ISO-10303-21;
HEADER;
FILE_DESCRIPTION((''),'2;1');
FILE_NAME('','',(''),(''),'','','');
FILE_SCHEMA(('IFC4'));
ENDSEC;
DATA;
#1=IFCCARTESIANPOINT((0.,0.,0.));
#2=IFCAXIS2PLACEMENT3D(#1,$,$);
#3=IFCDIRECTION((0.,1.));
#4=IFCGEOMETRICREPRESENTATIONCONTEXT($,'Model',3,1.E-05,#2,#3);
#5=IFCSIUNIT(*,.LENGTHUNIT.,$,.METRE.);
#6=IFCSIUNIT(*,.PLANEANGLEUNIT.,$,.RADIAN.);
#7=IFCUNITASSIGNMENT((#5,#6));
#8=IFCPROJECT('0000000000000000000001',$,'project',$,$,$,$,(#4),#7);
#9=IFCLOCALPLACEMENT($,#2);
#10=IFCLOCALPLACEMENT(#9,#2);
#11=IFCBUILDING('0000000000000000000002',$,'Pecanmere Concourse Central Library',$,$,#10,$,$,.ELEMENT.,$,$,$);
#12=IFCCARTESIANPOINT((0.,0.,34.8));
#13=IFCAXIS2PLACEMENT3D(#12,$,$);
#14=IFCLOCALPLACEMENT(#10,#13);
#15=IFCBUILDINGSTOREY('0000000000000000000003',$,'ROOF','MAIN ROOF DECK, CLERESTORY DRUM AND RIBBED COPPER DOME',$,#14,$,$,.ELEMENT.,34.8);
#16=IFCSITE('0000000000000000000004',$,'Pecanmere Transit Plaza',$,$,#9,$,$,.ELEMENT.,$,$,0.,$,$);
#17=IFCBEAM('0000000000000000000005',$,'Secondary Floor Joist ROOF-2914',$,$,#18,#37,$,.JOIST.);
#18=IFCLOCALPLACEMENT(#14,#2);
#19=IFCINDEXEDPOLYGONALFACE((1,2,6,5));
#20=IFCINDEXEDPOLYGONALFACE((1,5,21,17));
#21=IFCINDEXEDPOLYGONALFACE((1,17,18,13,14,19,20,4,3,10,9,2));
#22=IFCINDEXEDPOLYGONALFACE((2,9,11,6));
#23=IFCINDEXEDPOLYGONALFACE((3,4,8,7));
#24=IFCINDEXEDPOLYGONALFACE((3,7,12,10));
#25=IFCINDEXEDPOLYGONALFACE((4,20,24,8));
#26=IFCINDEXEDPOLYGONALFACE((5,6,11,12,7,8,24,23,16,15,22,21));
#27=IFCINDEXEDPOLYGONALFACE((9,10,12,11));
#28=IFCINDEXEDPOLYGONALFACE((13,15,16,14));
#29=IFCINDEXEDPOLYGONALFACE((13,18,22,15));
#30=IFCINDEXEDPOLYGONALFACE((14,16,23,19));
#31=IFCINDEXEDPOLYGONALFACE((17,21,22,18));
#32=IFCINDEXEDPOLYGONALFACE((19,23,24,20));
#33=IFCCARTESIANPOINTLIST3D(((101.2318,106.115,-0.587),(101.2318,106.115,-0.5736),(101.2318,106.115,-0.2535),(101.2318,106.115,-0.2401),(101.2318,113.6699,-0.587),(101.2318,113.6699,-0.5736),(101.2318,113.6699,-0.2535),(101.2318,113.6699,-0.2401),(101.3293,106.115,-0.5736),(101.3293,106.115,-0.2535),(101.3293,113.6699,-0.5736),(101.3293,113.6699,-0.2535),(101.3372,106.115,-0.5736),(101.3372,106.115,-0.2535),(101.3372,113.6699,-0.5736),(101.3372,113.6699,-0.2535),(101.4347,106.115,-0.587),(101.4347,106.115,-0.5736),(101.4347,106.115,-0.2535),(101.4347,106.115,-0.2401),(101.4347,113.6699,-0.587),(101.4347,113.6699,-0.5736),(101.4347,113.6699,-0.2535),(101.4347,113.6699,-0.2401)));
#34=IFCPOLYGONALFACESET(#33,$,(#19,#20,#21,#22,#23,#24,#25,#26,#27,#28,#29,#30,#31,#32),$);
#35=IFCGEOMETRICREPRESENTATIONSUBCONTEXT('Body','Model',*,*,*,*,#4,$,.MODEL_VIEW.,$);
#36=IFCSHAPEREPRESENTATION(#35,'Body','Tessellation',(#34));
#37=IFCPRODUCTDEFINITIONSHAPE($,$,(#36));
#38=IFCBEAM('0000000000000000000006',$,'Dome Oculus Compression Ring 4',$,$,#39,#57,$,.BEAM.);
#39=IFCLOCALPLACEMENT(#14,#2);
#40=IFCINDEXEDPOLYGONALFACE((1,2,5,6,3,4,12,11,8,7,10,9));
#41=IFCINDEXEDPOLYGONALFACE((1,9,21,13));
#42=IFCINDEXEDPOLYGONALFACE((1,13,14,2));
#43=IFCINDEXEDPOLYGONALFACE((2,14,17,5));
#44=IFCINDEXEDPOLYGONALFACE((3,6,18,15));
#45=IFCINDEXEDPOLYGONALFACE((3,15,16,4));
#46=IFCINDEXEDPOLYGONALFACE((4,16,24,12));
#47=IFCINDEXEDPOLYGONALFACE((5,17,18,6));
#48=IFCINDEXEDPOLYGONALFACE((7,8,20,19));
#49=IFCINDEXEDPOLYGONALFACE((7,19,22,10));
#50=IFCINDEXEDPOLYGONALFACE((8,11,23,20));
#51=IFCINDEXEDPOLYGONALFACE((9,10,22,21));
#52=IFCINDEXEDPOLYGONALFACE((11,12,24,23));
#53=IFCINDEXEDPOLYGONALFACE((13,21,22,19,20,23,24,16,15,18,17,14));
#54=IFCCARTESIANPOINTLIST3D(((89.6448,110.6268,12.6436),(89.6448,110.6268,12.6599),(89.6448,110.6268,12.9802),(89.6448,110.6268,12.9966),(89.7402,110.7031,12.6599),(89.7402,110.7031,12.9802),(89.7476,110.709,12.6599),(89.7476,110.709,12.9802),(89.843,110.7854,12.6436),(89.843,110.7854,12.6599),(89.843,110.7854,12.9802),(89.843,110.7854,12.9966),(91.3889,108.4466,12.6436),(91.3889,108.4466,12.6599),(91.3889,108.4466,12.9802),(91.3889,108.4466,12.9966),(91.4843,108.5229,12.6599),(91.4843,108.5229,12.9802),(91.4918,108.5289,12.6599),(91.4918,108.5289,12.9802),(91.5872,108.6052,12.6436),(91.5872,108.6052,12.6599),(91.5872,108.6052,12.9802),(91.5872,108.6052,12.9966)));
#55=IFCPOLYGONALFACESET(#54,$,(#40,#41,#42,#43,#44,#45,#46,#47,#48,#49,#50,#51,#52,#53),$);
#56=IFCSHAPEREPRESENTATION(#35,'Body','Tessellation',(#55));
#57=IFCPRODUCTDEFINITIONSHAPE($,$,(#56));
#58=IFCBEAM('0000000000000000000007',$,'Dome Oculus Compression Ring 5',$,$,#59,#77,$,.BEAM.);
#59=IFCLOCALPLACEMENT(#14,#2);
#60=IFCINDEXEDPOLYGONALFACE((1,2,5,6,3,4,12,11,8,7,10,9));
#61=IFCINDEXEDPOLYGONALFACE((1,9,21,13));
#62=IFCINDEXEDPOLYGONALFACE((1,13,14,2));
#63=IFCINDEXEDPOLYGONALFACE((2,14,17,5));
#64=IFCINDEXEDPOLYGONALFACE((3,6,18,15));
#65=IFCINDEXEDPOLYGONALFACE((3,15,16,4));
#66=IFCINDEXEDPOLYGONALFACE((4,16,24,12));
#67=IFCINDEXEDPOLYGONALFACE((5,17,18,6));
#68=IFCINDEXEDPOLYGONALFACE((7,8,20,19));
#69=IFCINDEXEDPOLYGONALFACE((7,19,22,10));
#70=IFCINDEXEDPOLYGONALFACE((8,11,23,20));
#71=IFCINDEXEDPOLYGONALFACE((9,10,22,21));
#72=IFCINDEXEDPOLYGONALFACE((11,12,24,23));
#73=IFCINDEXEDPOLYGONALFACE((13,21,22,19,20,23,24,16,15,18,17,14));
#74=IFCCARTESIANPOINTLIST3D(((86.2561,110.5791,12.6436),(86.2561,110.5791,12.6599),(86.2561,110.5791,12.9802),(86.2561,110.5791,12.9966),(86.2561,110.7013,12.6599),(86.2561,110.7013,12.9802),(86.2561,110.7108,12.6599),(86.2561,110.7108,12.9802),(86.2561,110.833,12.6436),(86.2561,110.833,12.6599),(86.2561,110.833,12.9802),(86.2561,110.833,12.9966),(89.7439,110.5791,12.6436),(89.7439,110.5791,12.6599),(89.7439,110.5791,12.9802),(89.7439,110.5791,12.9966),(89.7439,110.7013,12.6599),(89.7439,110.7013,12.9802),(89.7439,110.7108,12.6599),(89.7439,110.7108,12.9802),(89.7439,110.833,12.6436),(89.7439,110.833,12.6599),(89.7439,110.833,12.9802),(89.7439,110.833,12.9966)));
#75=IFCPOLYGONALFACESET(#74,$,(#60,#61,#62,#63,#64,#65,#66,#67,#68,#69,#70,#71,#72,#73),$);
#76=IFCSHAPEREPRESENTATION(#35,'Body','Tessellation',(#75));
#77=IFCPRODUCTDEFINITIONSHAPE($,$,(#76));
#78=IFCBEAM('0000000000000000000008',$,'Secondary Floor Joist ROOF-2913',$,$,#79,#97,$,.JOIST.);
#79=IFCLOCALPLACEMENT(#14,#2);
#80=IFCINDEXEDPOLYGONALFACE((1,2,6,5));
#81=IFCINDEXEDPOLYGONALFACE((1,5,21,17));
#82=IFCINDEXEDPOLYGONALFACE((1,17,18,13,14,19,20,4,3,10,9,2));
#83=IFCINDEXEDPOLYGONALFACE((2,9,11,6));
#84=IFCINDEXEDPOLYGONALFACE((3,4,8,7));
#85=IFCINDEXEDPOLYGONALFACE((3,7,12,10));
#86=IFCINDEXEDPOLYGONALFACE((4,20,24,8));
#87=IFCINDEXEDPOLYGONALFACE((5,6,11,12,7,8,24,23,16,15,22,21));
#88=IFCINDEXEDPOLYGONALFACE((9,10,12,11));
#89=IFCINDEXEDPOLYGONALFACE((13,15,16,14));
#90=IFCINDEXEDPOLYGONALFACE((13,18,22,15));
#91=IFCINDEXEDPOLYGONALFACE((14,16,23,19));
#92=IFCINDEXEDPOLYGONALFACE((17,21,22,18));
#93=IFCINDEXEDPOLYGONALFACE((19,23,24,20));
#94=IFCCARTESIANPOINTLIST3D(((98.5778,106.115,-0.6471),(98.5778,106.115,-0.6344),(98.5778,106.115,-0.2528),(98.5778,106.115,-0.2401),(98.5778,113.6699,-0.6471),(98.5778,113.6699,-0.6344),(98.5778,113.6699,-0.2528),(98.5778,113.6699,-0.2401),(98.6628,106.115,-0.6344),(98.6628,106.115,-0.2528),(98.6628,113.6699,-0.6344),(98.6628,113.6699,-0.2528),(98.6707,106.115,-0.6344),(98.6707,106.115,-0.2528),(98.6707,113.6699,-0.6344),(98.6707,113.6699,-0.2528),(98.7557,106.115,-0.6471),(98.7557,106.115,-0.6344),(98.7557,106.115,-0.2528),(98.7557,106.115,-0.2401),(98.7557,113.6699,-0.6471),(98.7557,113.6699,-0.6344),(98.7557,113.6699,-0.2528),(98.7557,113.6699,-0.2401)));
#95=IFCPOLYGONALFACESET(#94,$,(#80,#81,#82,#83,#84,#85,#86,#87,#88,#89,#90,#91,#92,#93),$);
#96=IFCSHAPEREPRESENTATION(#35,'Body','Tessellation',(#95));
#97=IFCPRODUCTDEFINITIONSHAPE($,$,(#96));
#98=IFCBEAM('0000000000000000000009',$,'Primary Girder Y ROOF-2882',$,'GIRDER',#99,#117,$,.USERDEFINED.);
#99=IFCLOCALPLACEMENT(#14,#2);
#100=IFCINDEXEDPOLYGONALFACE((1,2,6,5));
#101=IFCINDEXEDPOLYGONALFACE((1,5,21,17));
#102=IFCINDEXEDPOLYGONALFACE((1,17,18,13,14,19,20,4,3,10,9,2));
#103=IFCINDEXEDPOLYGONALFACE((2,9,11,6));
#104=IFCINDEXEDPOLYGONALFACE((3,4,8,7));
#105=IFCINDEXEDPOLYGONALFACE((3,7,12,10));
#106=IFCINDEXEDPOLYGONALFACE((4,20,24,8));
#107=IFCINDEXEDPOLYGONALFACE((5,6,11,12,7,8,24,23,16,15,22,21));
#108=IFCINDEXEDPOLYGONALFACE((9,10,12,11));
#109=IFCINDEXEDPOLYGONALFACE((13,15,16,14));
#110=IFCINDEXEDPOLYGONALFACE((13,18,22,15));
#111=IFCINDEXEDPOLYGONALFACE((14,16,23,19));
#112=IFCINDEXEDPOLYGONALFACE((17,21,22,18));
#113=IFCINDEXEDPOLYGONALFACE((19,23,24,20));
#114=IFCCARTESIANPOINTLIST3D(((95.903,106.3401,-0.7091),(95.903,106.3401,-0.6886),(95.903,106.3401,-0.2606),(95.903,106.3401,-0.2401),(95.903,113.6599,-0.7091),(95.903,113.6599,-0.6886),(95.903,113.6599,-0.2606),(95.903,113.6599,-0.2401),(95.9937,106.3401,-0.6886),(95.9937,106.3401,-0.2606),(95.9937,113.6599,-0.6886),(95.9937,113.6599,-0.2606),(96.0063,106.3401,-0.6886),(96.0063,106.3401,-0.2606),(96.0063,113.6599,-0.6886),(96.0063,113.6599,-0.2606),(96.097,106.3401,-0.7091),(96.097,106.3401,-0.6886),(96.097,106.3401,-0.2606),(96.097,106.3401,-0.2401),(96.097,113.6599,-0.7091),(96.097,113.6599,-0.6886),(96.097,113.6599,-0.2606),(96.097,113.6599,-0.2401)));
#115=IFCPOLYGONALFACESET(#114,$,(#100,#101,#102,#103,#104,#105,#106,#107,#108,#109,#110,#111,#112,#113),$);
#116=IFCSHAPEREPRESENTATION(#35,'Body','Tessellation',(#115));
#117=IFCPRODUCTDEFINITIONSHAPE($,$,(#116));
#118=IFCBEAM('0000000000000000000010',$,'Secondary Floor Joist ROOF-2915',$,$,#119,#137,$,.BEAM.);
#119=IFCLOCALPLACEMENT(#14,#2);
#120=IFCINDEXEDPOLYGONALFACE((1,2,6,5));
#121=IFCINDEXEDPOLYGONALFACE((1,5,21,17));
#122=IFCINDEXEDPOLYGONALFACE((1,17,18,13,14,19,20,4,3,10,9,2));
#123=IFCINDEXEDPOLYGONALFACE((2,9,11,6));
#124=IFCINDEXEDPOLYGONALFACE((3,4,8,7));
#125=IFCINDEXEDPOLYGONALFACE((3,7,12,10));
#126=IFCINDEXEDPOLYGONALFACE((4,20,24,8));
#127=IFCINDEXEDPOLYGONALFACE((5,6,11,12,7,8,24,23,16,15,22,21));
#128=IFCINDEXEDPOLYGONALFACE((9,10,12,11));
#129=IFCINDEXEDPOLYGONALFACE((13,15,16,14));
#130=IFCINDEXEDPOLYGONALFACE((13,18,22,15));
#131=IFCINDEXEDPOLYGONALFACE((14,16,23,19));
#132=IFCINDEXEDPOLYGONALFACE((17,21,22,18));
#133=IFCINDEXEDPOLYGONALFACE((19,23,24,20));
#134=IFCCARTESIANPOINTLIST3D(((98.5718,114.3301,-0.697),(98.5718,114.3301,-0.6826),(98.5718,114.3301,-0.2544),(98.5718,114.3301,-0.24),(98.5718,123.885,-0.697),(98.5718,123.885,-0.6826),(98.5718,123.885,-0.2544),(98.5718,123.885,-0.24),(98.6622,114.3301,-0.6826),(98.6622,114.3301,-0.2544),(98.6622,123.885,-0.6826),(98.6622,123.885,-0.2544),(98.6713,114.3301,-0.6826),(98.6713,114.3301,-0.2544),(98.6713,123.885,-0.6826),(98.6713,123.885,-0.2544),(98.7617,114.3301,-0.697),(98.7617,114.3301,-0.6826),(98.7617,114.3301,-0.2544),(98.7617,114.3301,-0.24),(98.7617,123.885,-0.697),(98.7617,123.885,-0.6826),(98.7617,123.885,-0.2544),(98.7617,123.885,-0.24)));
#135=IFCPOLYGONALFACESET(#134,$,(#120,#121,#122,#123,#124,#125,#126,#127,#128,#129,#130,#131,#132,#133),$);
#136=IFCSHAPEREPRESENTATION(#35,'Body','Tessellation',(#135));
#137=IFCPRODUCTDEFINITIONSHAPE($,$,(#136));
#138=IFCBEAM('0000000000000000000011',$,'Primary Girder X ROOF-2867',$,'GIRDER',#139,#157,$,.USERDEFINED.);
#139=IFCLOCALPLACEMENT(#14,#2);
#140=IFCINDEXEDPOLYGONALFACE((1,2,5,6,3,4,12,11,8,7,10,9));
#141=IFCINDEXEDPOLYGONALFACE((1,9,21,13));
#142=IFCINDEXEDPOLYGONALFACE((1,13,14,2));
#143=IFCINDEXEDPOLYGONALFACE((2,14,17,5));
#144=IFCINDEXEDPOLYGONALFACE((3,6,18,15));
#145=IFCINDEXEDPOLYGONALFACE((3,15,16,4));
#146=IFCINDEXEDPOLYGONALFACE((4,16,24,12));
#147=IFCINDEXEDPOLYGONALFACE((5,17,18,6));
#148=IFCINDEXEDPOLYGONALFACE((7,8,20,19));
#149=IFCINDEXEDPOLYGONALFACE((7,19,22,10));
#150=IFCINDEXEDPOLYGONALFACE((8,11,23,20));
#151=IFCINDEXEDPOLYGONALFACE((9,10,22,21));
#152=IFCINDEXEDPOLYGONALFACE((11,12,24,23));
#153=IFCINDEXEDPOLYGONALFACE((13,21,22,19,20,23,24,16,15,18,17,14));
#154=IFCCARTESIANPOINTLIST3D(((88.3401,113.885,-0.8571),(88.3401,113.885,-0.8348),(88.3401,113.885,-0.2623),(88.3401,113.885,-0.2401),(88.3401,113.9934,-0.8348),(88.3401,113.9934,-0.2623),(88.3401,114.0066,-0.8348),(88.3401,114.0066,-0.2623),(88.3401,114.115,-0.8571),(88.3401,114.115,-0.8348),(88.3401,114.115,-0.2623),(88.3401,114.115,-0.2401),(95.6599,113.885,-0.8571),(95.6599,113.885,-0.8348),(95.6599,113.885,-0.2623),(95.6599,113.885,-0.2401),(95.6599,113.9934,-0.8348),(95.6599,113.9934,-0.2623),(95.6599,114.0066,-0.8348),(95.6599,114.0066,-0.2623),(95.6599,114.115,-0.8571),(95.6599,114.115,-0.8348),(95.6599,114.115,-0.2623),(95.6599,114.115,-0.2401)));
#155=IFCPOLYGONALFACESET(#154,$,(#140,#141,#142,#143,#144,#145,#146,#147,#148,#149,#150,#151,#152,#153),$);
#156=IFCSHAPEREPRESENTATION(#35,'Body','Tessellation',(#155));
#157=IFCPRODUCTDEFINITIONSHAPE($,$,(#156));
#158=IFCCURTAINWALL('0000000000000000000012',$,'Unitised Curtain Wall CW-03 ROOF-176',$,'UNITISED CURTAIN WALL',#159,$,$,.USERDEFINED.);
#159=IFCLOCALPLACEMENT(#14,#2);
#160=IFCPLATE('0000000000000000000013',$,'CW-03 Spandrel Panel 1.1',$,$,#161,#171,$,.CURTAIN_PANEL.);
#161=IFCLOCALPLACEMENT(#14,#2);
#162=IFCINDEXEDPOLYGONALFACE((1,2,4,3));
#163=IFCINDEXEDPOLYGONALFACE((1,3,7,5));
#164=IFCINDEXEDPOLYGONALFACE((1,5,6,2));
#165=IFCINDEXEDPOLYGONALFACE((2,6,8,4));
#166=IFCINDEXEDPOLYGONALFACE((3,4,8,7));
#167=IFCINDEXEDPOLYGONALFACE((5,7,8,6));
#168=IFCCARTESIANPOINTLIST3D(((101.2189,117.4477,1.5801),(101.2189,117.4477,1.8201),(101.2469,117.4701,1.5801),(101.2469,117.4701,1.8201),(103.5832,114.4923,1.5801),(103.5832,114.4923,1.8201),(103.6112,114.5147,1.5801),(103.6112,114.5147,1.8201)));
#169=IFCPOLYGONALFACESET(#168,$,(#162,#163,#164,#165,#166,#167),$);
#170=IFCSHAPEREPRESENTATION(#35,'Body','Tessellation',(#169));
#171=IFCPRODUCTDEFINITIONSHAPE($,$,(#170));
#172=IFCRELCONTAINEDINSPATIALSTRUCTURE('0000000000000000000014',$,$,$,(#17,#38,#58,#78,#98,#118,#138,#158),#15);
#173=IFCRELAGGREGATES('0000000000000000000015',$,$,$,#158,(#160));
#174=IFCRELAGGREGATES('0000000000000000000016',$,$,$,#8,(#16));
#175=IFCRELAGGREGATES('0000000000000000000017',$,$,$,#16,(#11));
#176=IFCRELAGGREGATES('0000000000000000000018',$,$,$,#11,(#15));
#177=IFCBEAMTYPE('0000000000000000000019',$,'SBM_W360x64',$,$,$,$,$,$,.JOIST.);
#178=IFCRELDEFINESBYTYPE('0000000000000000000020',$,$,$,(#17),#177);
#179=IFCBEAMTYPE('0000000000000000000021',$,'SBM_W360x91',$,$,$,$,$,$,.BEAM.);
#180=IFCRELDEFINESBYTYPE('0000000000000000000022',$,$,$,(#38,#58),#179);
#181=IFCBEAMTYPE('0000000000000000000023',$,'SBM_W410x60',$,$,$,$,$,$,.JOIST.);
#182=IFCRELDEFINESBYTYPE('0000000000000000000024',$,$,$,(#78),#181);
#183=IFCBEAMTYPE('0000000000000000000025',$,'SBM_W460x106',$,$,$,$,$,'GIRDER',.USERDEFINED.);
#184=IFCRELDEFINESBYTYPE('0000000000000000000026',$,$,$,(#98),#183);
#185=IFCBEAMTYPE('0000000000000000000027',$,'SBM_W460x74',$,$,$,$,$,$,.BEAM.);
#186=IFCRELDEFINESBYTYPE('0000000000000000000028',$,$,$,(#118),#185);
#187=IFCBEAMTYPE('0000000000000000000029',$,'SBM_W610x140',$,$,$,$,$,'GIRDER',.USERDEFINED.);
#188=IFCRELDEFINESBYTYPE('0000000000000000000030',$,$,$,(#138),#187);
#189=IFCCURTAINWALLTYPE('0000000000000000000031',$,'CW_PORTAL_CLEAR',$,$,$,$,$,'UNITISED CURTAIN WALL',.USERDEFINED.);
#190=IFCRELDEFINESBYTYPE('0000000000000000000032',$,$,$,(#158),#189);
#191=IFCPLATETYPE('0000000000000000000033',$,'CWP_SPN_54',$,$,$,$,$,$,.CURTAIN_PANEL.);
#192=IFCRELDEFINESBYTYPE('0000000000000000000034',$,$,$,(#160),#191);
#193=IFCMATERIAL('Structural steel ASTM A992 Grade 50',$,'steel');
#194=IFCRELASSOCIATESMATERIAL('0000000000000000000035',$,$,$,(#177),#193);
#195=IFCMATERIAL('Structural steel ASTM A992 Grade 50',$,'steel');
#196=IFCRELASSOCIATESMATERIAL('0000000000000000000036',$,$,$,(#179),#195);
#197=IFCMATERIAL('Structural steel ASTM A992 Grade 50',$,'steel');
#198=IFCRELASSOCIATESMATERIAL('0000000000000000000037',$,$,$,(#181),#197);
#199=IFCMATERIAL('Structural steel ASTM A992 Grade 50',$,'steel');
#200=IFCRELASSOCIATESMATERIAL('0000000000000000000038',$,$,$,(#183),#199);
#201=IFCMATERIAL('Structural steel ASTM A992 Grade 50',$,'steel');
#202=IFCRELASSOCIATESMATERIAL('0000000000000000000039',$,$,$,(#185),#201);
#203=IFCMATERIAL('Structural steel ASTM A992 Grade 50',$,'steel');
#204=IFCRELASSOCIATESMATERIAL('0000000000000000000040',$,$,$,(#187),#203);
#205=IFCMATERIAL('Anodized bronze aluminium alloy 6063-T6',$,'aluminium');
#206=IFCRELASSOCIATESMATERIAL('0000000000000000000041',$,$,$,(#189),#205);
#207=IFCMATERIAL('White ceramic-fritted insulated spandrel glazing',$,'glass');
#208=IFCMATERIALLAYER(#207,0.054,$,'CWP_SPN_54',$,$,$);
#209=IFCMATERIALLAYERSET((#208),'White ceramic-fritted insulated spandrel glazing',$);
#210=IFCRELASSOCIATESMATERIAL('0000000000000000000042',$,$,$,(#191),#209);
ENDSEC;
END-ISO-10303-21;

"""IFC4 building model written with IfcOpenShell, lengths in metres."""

from ifc_helpers import new_model, si_unit, direction, frame, origin, origin_2d, place, context, subcontext, project, spatial, rectangle, i_section, extrude, material, layer, layer_set, material_profile, profile_set, type_object, element, aggregate, save


model = new_model("IFC4")

# Units and contexts
model_context = context("Model", 3, precision=1e-05, world=origin(), true_north=direction((0.0, 1.0)))
body_context = subcontext(model_context, "Body", "Model", "MODEL_VIEW")
ifc_project = project(units=[si_unit("LENGTHUNIT", "METRE"), si_unit("PLANEANGLEUNIT", "RADIAN")], contexts=[model_context])

# Site, building, storey
site_placement = place(None, origin())
site = spatial("IfcSite", under=ifc_project, at=site_placement, Name="Pecanmere Transit Plaza", CompositionType="ELEMENT", RefElevation=0.0)
building_placement = place(site_placement, origin())
building = spatial("IfcBuilding", under=site, at=building_placement, Name="Pecanmere Concourse Central Library", CompositionType="ELEMENT")
storey_placement = place(building_placement, frame((0.0, 0.0, 34.8)))
storey = spatial("IfcBuildingStorey", under=building, at=storey_placement, Name="ROOF", Description="MAIN ROOF DECK, CLERESTORY DRUM AND RIBBED COPPER DOME", CompositionType="ELEMENT", Elevation=34.8)

# Beams
ifc_material_1 = material(Name="Structural steel ASTM A992 Grade 50", Category="steel")
ifc_material_profile_1 = material_profile(ifc_material_1, i_section(OverallWidth=0.2029, OverallDepth=0.3469, WebThickness=0.0078, FlangeThickness=0.0134, at=origin_2d()), Name="W360x64")
ifc_profile_set_1 = profile_set([ifc_material_profile_1], Name="Structural steel ASTM A992 Grade 50")
beam_type_1 = type_object("IfcBeamType", Name="SBM_W360x64", PredefinedType="JOIST", material=ifc_profile_set_1)
beam_1_placement = place(storey_placement, frame((101.3333, 106.115, -0.4136), z_axis=(0.0, 1.0, 0.0), x_axis=(-1.0, 0.0, 0.0)))
element("IfcBeam", 1, at=beam_1_placement, inside=storey, type_object=beam_type_1, Name="Secondary Floor Joist ROOF-2914", PredefinedType="JOIST", context=body_context, shape_type="SweptSolid", body=[
    extrude(i_section(OverallWidth=0.2029, OverallDepth=0.3469, WebThickness=0.0078, FlangeThickness=0.0134, at=origin_2d()), origin(), (0.0, 0.0, 1.0), 7.5549),
])
ifc_material_2 = material(Name="Structural steel ASTM A992 Grade 50", Category="steel")
ifc_material_profile_2 = material_profile(ifc_material_2, i_section(OverallWidth=0.2539, OverallDepth=0.353, WebThickness=0.0095, FlangeThickness=0.0164, at=origin_2d()), Name="W360x91")
ifc_profile_set_2 = profile_set([ifc_material_profile_2], Name="Structural steel ASTM A992 Grade 50")
beam_type_2 = type_object("IfcBeamType", Name="SBM_W360x91", PredefinedType="BEAM", material=ifc_profile_set_2)
beam_2_placement = place(storey_placement, frame((91.488, 108.5259, 12.8201), z_axis=(-0.624695, 0.780869, 0.0), x_axis=(-0.780869, -0.624695, 0.0)))
element("IfcBeam", 2, at=beam_2_placement, inside=storey, type_object=beam_type_2, Name="Dome Oculus Compression Ring 4", PredefinedType="BEAM", context=body_context, shape_type="SweptSolid", body=[
    extrude(i_section(OverallWidth=0.2539, OverallDepth=0.353, WebThickness=0.0095, FlangeThickness=0.0164, at=origin_2d()), origin(), (0.0, 0.0, 1.0), 2.792),
])
beam_3_placement = place(storey_placement, frame((89.7439, 110.7061, 12.8201), z_axis=(-1.0, 0.0, 0.0), x_axis=(0.0, -1.0, 0.0)))
element("IfcBeam", 3, at=beam_3_placement, inside=storey, type_object=beam_type_2, Name="Dome Oculus Compression Ring 5", PredefinedType="BEAM", context=body_context, shape_type="SweptSolid", body=[
    extrude(i_section(OverallWidth=0.2539, OverallDepth=0.353, WebThickness=0.0095, FlangeThickness=0.0164, at=origin_2d()), origin(), (0.0, 0.0, 1.0), 3.4878),
])
ifc_material_3 = material(Name="Structural steel ASTM A992 Grade 50", Category="steel")
ifc_material_profile_3 = material_profile(ifc_material_3, i_section(OverallWidth=0.178, OverallDepth=0.407, WebThickness=0.0078, FlangeThickness=0.0127, at=origin_2d()), Name="W410x60")
ifc_profile_set_3 = profile_set([ifc_material_profile_3], Name="Structural steel ASTM A992 Grade 50")
beam_type_3 = type_object("IfcBeamType", Name="SBM_W410x60", PredefinedType="JOIST", material=ifc_profile_set_3)
beam_4_placement = place(storey_placement, frame((98.6667, 106.115, -0.4436), z_axis=(0.0, 1.0, 0.0), x_axis=(-1.0, 0.0, 0.0)))
element("IfcBeam", 4, at=beam_4_placement, inside=storey, type_object=beam_type_3, Name="Secondary Floor Joist ROOF-2913", PredefinedType="JOIST", context=body_context, shape_type="SweptSolid", body=[
    extrude(i_section(OverallWidth=0.178, OverallDepth=0.407, WebThickness=0.0078, FlangeThickness=0.0127, at=origin_2d()), origin(), (0.0, 0.0, 1.0), 7.5549),
])
ifc_material_4 = material(Name="Structural steel ASTM A992 Grade 50", Category="steel")
ifc_material_profile_4 = material_profile(ifc_material_4, i_section(OverallWidth=0.1941, OverallDepth=0.469, WebThickness=0.0127, FlangeThickness=0.0205, at=origin_2d()), Name="W460x106")
ifc_profile_set_4 = profile_set([ifc_material_profile_4], Name="Structural steel ASTM A992 Grade 50")
beam_type_4 = type_object("IfcBeamType", Name="SBM_W460x106", ElementType="GIRDER", PredefinedType="USERDEFINED", material=ifc_profile_set_4)
beam_5_placement = place(storey_placement, frame((96.0, 106.3401, -0.4746), z_axis=(0.0, 1.0, 0.0), x_axis=(-1.0, 0.0, 0.0)))
element("IfcBeam", 5, at=beam_5_placement, inside=storey, type_object=beam_type_4, Name="Primary Girder Y ROOF-2882", ObjectType="GIRDER", PredefinedType="USERDEFINED", context=body_context, shape_type="SweptSolid", body=[
    extrude(i_section(OverallWidth=0.1941, OverallDepth=0.469, WebThickness=0.0127, FlangeThickness=0.0205, at=origin_2d()), origin(), (0.0, 0.0, 1.0), 7.3198),
])
ifc_material_5 = material(Name="Structural steel ASTM A992 Grade 50", Category="steel")
ifc_material_profile_5 = material_profile(ifc_material_5, i_section(OverallWidth=0.1899, OverallDepth=0.457, WebThickness=0.009, FlangeThickness=0.0144, at=origin_2d()), Name="W460x74")
ifc_profile_set_5 = profile_set([ifc_material_profile_5], Name="Structural steel ASTM A992 Grade 50")
beam_type_5 = type_object("IfcBeamType", Name="SBM_W460x74", PredefinedType="BEAM", material=ifc_profile_set_5)
beam_6_placement = place(storey_placement, frame((98.6667, 114.3301, -0.4685), z_axis=(0.0, 1.0, 0.0), x_axis=(-1.0, 0.0, 0.0)))
element("IfcBeam", 6, at=beam_6_placement, inside=storey, type_object=beam_type_5, Name="Secondary Floor Joist ROOF-2915", PredefinedType="BEAM", context=body_context, shape_type="SweptSolid", body=[
    extrude(i_section(OverallWidth=0.1899, OverallDepth=0.457, WebThickness=0.009, FlangeThickness=0.0144, at=origin_2d()), origin(), (0.0, 0.0, 1.0), 9.5549),
])
ifc_material_6 = material(Name="Structural steel ASTM A992 Grade 50", Category="steel")
ifc_material_profile_6 = material_profile(ifc_material_6, i_section(OverallWidth=0.23, OverallDepth=0.6169, WebThickness=0.0132, FlangeThickness=0.0222, at=origin_2d()), Name="W610x140")
ifc_profile_set_6 = profile_set([ifc_material_profile_6], Name="Structural steel ASTM A992 Grade 50")
beam_type_6 = type_object("IfcBeamType", Name="SBM_W610x140", ElementType="GIRDER", PredefinedType="USERDEFINED", material=ifc_profile_set_6)
beam_7_placement = place(storey_placement, frame((88.3401, 114.0, -0.5486), z_axis=(1.0, 0.0, 0.0), x_axis=(0.0, 1.0, 0.0)))
element("IfcBeam", 7, at=beam_7_placement, inside=storey, type_object=beam_type_6, Name="Primary Girder X ROOF-2867", ObjectType="GIRDER", PredefinedType="USERDEFINED", context=body_context, shape_type="SweptSolid", body=[
    extrude(i_section(OverallWidth=0.23, OverallDepth=0.6169, WebThickness=0.0132, FlangeThickness=0.0222, at=origin_2d()), origin(), (0.0, 0.0, 1.0), 7.3198),
])

# Curtain wall, plate
ifc_material_7 = material(Name="Anodized bronze aluminium alloy 6063-T6", Category="aluminium")
curtain_wall_type = type_object("IfcCurtainWallType", Name="CW_PORTAL_CLEAR", ElementType="UNITISED CURTAIN WALL", PredefinedType="USERDEFINED", material=ifc_material_7)
curtain_wall_placement = place(storey_placement, origin())
curtain_wall = element("IfcCurtainWall", 8, at=curtain_wall_placement, inside=storey, type_object=curtain_wall_type, Name="Unitised Curtain Wall CW-03 ROOF-176", ObjectType="UNITISED CURTAIN WALL", PredefinedType="USERDEFINED")
ifc_material_8 = material(Name="White ceramic-fritted insulated spandrel glazing", Category="glass")
ifc_layer_1 = layer(ifc_material_8, 0.054, Name="CWP_SPN_54")
ifc_layer_set_1 = layer_set([ifc_layer_1], Name="White ceramic-fritted insulated spandrel glazing")
plate_type_1 = type_object("IfcPlateType", Name="CWP_SPN_54", PredefinedType="CURTAIN_PANEL", material=ifc_layer_set_1)
plate_1_placement = place(storey_placement, frame((102.415, 115.9812, 1.5801), z_axis=(0.0, 0.0, 1.0), x_axis=(-0.624697, 0.780867, 0.0)))
plate_1 = element("IfcPlate", 9, at=plate_1_placement, type_object=plate_type_1, Name="CW-03 Spandrel Panel 1.1", PredefinedType="CURTAIN_PANEL", context=body_context, shape_type="SweptSolid", body=[
    extrude(rectangle(XDim=3.7847, YDim=0.0359, at=origin_2d()), origin(), (0.0, 0.0, 1.0), 0.24),
])
aggregate(curtain_wall, [plate_1])

save(model, "model.ifc")
